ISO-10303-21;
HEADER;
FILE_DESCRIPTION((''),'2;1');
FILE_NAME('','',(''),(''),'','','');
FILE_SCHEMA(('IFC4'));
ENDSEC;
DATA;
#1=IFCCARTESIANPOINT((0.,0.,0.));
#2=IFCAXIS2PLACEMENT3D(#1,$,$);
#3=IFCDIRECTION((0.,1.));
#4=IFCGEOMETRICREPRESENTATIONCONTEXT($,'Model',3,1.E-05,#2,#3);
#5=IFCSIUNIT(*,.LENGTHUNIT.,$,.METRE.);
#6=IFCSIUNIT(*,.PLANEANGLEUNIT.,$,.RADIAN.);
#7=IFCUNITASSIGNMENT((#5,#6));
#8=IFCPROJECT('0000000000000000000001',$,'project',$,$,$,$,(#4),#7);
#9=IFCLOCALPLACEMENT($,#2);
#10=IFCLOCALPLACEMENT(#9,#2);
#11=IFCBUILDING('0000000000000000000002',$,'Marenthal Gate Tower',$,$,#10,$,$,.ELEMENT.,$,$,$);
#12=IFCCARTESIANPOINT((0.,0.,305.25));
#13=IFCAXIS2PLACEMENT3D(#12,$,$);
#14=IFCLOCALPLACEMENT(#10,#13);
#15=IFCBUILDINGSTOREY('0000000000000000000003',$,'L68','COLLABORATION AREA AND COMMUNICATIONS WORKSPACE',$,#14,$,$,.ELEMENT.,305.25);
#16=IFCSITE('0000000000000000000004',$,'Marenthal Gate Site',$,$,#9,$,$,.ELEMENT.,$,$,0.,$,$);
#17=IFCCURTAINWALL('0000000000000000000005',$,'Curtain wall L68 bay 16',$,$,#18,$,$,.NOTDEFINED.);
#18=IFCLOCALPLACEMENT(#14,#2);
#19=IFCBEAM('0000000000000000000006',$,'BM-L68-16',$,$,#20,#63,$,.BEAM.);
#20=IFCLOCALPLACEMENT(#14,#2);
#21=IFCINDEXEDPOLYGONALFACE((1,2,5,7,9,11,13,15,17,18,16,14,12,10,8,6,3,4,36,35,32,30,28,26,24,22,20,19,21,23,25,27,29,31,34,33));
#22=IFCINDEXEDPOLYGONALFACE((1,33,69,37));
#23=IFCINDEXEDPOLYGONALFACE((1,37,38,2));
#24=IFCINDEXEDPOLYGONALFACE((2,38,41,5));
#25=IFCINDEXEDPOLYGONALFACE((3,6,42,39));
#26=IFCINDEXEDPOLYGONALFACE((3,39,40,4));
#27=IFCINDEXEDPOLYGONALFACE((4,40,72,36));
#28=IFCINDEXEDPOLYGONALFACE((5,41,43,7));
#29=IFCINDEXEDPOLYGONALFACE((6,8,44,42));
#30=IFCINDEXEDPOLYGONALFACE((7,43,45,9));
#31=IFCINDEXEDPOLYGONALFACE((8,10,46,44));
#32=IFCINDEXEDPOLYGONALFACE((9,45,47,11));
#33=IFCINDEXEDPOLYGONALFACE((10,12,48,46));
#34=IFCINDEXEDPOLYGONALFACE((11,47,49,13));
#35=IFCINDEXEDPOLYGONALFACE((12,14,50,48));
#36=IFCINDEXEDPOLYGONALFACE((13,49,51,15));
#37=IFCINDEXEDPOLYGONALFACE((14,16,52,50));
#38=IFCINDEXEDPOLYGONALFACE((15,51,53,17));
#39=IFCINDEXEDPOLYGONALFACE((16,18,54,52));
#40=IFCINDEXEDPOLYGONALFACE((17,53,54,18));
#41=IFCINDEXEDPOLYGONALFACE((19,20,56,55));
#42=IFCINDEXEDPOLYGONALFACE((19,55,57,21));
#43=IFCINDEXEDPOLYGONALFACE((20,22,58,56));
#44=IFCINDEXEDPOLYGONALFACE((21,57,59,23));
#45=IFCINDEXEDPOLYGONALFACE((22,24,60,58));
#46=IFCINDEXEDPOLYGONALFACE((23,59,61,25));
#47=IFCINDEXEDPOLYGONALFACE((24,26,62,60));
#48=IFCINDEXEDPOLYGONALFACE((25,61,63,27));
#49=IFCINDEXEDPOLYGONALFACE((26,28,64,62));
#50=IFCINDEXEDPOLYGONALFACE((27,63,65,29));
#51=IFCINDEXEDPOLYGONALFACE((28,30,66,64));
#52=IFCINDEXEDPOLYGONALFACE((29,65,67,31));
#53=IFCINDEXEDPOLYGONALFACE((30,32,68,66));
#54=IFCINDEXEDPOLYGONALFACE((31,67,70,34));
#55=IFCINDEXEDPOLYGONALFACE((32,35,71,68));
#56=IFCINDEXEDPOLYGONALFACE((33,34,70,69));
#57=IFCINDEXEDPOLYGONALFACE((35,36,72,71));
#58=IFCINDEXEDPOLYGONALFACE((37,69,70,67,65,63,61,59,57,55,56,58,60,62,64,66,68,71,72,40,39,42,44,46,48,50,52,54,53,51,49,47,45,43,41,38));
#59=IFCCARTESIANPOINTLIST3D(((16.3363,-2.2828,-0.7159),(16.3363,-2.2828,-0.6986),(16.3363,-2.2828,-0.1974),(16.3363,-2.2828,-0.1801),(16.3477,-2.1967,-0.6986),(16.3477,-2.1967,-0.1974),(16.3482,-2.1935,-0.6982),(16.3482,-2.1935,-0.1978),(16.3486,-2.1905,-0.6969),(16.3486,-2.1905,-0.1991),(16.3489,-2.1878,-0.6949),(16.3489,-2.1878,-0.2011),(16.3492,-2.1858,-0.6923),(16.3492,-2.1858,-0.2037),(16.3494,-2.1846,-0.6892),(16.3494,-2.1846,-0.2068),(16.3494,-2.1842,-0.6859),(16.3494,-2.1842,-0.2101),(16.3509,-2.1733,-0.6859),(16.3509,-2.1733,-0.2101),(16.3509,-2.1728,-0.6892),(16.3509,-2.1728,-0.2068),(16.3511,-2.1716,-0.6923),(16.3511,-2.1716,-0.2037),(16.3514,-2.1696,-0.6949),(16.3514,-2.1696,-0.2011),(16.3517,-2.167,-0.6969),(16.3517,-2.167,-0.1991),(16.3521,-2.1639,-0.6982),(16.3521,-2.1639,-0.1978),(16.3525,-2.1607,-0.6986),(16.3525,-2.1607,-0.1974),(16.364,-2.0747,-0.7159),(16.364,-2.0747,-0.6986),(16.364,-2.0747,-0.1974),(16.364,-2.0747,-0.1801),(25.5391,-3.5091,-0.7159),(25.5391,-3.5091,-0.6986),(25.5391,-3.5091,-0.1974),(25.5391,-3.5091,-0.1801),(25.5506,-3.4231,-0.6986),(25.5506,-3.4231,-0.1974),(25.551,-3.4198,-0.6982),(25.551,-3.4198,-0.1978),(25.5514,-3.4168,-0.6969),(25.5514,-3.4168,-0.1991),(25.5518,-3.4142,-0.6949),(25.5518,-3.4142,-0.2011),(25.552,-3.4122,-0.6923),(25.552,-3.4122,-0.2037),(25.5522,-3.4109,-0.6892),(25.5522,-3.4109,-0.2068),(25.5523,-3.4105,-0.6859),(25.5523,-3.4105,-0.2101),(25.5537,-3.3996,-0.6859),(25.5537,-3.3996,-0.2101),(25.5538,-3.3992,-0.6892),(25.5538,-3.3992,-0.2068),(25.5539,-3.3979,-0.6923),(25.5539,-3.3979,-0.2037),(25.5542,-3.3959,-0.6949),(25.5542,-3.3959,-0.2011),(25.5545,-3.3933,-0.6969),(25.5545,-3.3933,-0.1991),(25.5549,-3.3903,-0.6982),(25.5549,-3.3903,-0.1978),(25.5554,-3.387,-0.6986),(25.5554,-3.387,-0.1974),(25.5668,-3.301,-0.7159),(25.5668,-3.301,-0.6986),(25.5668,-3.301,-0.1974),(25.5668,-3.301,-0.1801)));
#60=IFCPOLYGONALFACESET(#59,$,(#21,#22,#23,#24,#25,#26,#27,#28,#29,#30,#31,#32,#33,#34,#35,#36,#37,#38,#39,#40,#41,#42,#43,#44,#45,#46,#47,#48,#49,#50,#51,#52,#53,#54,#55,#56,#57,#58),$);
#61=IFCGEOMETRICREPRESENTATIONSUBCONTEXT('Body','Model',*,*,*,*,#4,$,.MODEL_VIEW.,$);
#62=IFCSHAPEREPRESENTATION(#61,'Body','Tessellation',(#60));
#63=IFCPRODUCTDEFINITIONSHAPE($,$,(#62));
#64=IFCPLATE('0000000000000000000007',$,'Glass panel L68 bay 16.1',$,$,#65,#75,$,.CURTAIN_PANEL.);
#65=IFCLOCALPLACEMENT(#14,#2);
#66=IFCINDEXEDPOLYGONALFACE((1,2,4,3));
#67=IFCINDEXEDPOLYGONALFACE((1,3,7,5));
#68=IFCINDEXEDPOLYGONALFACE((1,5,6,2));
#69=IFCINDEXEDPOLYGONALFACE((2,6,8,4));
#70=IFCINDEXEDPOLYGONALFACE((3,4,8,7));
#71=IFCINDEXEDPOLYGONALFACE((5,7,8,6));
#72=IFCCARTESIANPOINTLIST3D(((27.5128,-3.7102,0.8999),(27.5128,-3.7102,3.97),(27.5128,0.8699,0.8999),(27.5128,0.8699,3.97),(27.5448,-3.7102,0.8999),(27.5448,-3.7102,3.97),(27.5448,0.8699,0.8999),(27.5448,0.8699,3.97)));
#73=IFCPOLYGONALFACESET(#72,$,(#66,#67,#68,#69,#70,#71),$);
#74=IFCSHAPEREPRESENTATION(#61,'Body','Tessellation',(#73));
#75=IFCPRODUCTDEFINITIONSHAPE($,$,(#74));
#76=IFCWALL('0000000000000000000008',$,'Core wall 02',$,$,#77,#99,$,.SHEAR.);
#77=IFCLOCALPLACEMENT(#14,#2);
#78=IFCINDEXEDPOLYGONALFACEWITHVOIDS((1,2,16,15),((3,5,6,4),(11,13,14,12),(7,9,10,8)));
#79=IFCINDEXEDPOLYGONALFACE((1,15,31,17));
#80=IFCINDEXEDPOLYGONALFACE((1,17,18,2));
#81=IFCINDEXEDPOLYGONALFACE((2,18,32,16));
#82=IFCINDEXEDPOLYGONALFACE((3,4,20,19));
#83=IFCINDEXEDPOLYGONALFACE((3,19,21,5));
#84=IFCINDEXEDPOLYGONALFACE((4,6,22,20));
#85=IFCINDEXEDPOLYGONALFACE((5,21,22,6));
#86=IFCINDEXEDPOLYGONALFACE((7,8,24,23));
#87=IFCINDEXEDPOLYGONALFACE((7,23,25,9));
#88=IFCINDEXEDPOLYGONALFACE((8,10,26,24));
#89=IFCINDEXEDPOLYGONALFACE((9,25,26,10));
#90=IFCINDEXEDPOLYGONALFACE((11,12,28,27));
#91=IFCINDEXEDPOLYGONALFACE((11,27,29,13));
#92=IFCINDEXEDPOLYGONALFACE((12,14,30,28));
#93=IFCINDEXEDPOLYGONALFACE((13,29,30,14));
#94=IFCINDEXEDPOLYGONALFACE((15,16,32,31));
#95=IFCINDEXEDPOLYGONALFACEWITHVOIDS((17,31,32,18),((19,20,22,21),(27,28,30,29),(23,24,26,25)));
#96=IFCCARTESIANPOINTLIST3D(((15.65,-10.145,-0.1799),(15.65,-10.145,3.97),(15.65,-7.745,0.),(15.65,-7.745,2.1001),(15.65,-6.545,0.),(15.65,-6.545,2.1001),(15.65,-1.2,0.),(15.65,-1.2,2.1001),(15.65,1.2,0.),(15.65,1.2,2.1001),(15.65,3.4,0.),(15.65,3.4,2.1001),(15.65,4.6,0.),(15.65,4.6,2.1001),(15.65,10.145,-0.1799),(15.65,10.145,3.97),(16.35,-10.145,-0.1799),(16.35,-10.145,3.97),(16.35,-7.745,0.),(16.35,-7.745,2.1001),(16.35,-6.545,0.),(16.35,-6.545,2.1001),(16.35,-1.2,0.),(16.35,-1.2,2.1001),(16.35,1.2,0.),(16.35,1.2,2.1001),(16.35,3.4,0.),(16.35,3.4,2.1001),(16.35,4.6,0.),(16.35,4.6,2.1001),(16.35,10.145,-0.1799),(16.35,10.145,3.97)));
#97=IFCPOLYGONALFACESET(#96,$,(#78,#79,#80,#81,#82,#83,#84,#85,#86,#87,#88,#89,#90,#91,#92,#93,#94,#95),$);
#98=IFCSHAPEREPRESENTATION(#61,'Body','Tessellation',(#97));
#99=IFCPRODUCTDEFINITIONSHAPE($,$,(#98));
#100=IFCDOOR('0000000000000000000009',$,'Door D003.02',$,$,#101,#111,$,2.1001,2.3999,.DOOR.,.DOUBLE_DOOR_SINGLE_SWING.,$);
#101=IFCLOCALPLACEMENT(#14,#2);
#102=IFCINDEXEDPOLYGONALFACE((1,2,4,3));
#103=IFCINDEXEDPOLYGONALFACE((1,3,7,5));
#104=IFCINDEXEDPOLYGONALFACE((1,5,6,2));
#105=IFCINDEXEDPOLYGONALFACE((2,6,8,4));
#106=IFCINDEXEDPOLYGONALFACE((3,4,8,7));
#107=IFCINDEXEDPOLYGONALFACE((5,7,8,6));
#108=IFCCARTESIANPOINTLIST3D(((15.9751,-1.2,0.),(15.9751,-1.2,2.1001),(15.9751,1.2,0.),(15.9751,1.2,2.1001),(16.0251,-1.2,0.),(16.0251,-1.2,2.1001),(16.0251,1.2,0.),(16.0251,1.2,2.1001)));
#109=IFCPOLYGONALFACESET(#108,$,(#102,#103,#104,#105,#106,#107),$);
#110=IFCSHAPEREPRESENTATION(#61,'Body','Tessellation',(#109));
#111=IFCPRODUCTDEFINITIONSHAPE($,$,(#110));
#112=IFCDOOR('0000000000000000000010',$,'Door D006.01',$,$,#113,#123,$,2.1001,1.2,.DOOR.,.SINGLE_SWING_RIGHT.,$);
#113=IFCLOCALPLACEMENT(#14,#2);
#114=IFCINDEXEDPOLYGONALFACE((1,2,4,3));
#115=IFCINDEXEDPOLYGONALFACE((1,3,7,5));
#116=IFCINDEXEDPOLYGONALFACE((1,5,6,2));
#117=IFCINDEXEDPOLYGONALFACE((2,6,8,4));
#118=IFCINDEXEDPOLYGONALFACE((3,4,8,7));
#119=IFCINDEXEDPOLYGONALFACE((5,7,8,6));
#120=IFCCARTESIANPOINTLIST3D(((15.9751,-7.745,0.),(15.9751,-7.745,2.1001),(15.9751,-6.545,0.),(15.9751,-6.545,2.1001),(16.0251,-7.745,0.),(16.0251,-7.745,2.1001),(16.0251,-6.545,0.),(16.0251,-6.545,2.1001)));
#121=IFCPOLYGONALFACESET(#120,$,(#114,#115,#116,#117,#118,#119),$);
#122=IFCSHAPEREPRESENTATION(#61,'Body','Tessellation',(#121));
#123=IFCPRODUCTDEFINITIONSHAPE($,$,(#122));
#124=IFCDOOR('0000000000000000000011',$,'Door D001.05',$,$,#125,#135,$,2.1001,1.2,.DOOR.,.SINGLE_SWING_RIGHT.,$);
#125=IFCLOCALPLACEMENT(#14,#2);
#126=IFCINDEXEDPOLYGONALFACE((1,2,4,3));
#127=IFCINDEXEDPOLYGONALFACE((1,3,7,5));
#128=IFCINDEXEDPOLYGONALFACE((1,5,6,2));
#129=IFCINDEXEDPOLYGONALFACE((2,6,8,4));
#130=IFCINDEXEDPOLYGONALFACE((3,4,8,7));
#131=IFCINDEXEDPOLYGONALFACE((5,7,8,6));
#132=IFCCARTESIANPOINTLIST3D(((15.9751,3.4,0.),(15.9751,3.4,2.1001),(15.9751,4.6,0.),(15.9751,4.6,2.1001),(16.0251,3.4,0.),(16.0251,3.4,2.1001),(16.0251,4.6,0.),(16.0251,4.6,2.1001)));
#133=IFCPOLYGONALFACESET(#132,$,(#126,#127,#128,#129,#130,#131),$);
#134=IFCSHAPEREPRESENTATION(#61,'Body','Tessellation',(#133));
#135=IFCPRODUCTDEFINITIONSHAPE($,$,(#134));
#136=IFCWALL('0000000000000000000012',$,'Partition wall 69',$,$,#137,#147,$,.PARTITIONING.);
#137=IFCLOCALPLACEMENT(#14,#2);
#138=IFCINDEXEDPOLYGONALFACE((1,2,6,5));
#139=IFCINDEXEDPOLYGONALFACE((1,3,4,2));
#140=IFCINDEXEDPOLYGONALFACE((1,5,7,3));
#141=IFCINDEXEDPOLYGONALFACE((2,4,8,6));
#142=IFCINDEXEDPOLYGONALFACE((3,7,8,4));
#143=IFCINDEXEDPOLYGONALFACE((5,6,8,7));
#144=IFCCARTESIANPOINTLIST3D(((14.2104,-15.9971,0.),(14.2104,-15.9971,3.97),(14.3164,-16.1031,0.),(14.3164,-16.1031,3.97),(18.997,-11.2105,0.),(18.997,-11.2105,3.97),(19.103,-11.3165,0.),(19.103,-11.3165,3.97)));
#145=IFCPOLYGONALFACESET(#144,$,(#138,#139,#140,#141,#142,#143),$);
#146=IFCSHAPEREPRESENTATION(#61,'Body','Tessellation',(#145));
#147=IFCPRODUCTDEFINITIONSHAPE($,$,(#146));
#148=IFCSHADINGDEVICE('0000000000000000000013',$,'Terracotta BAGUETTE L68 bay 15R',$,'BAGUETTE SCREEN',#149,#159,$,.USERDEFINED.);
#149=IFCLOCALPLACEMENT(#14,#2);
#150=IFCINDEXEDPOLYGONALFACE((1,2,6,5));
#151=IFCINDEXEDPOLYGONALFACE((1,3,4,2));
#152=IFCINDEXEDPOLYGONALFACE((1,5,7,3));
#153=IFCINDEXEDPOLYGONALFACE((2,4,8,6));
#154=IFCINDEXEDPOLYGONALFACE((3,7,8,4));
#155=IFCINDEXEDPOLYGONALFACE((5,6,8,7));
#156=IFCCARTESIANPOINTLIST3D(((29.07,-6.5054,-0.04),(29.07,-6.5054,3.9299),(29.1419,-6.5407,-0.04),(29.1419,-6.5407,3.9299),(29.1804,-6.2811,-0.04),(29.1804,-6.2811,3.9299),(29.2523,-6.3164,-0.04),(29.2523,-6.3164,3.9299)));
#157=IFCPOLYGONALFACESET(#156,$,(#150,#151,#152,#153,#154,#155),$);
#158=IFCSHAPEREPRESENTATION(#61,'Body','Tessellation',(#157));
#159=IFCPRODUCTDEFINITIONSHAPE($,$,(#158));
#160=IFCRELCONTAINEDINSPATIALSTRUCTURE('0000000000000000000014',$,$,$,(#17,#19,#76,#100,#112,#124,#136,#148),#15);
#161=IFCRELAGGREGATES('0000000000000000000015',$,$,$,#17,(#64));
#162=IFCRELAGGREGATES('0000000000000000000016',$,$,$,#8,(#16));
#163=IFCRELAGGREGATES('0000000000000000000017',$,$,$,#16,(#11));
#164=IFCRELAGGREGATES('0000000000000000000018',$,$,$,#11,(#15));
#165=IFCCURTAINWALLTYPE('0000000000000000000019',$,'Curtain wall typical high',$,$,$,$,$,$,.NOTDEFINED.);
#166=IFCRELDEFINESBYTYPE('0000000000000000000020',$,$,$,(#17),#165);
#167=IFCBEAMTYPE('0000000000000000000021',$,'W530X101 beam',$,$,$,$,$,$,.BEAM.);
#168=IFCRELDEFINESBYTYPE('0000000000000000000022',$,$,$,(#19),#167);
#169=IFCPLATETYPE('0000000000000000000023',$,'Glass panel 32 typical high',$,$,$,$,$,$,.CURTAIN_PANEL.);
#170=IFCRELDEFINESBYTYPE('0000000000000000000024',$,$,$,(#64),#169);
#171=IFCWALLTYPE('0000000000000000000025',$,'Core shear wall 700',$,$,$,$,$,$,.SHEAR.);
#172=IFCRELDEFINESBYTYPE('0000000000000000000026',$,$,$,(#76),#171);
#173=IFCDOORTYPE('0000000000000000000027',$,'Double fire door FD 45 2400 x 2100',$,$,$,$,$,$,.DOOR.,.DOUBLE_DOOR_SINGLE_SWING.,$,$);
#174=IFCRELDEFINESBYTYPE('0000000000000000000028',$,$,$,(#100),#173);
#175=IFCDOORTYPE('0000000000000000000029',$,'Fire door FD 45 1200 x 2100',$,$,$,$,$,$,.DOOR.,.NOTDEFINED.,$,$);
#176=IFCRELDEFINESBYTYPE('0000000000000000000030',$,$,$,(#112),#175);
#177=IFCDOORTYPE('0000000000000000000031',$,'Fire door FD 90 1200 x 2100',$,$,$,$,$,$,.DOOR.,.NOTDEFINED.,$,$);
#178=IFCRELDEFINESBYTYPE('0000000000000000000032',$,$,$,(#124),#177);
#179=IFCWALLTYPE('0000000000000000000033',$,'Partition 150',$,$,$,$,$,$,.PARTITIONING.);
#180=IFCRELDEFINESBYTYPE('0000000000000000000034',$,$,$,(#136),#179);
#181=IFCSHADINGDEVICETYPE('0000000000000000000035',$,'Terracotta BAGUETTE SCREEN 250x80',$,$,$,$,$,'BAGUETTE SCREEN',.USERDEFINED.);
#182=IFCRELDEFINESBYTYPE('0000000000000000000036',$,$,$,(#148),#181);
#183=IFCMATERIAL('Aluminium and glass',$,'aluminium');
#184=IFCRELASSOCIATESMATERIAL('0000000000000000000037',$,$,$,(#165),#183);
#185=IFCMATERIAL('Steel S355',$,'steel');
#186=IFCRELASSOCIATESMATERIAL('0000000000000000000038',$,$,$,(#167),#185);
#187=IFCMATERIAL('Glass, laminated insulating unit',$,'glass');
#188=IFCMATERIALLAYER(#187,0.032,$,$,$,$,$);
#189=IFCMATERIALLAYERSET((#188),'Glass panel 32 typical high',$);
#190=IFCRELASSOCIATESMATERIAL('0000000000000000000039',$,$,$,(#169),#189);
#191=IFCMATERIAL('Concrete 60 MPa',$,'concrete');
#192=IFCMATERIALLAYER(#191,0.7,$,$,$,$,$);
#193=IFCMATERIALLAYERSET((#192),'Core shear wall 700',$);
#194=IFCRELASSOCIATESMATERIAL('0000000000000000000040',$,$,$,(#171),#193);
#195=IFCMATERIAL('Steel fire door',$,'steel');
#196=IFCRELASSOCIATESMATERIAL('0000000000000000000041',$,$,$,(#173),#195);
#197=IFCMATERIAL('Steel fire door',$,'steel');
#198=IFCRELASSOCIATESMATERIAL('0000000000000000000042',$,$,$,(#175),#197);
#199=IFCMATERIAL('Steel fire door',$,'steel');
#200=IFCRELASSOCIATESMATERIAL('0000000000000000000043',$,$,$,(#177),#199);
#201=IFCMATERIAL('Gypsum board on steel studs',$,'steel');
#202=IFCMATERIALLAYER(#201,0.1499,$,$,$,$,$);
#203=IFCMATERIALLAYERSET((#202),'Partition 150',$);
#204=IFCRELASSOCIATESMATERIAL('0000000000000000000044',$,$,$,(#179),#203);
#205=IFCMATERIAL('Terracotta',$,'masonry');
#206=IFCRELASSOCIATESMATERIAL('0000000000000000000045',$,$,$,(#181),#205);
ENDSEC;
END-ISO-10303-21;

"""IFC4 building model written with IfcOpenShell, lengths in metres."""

from ifc_helpers import new_model, si_unit, direction, frame, frame_2d, origin, origin_2d, place, context, subcontext, project, spatial, rectangle, i_section, extrude, material, layer, layer_set, material_profile, profile_set, type_object, element, fill, aggregate, save


model = new_model("IFC4")

# Units and contexts
model_context = context("Model", 3, precision=1e-05, world=origin(), true_north=direction((0.0, 1.0)))
body_context = subcontext(model_context, "Body", "Model", "MODEL_VIEW")
ifc_project = project(units=[si_unit("LENGTHUNIT", "METRE"), si_unit("PLANEANGLEUNIT", "RADIAN")], contexts=[model_context])

# Site, building, storey
site_placement = place(None, origin())
site = spatial("IfcSite", under=ifc_project, at=site_placement, Name="Marenthal Gate Site", CompositionType="ELEMENT", RefElevation=0.0)
building_placement = place(site_placement, origin())
building = spatial("IfcBuilding", under=site, at=building_placement, Name="Marenthal Gate Tower", CompositionType="ELEMENT")
storey_placement = place(building_placement, frame((0.0, 0.0, 305.25)))
storey = spatial("IfcBuildingStorey", under=building, at=storey_placement, Name="L68", Description="COLLABORATION AREA AND COMMUNICATIONS WORKSPACE", CompositionType="ELEMENT", Elevation=305.25)

# Curtain wall
ifc_material_1 = material(Name="Aluminium and glass", Category="aluminium")
curtain_wall_type = type_object("IfcCurtainWallType", Name="Curtain wall typical high", PredefinedType="NOTDEFINED", material=ifc_material_1)
curtain_wall_placement = place(storey_placement, origin())
curtain_wall = element("IfcCurtainWall", 1, at=curtain_wall_placement, inside=storey, type_object=curtain_wall_type, Name="Curtain wall L68 bay 16", PredefinedType="NOTDEFINED")

# Beam
ifc_material_2 = material(Name="Steel S355", Category="steel")
ifc_material_profile_1 = material_profile(ifc_material_2, i_section(OverallWidth=0.21, OverallDepth=0.5359, WebThickness=0.011, FlangeThickness=0.0173, FilletRadius=0.0127, at=origin_2d()), Name="W530X101")
ifc_profile_set_1 = profile_set([ifc_material_profile_1], Name="Steel S355")
beam_type_1 = type_object("IfcBeamType", Name="W530X101 beam", PredefinedType="BEAM", material=ifc_profile_set_1)
beam_1_placement = place(storey_placement, frame((25.553, -3.405, -0.448), z_axis=(-0.991238, 0.132086, 0.0), x_axis=(-0.132086, -0.991238, 0.0)))
element("IfcBeam", 2, at=beam_1_placement, inside=storey, type_object=beam_type_1, Name="BM-L68-16", PredefinedType="BEAM", context=body_context, shape_type="SweptSolid", body=[
    extrude(i_section(OverallWidth=0.21, OverallDepth=0.5359, WebThickness=0.011, FlangeThickness=0.0173, FilletRadius=0.0127, at=origin_2d()), origin(), (0.0, 0.0, 1.0), 9.2842),
])

# Plate
ifc_material_3 = material(Name="Glass, laminated insulating unit", Category="glass")
ifc_layer_1 = layer(ifc_material_3, 0.032)
ifc_layer_set_1 = layer_set([ifc_layer_1], Name="Glass panel 32 typical high")
plate_type = type_object("IfcPlateType", Name="Glass panel 32 typical high", PredefinedType="CURTAIN_PANEL", material=ifc_layer_set_1)
plate_placement = place(storey_placement, frame((27.5288, -1.4202, 0.8999), z_axis=(0.0, 0.0, 1.0), x_axis=(0.0, 1.0, 0.0)))
plate = element("IfcPlate", 3, at=plate_placement, type_object=plate_type, Name="Glass panel L68 bay 16.1", PredefinedType="CURTAIN_PANEL", context=body_context, shape_type="SweptSolid", body=[
    extrude(rectangle(XDim=4.5801, YDim=0.032, at=origin_2d()), origin(), (0.0, 0.0, 1.0), 3.0701),
])
aggregate(curtain_wall, [plate])

# Wall, openings, doors
ifc_material_4 = material(Name="Concrete 60 MPa", Category="concrete")
ifc_layer_2 = layer(ifc_material_4, 0.7)
ifc_layer_set_2 = layer_set([ifc_layer_2], Name="Core shear wall 700")
wall_type_1 = type_object("IfcWallType", Name="Core shear wall 700", PredefinedType="SHEAR", material=ifc_layer_set_2)
wall_1_placement = place(storey_placement, frame((16.0, -10.145, -0.1799), z_axis=(0.0, 0.0, 1.0), x_axis=(0.0, 1.0, 0.0)))
wall_1 = element("IfcWall", 4, at=wall_1_placement, inside=storey, type_object=wall_type_1, Name="Core wall 02", PredefinedType="SHEAR", context=body_context, shape_type="SweptSolid", body=[
    extrude(rectangle(XDim=20.29, YDim=0.7, at=frame_2d((10.145, 0.0))), origin(), (0.0, 0.0, 1.0), 4.1499),
])
opening_1_placement = place(wall_1_placement, frame((8.9451, 0.0, 0.1799)))
opening_1 = element("IfcOpeningElement", 5, at=opening_1_placement, cuts=wall_1, PredefinedType="OPENING", context=body_context, shape_type="SweptSolid", body=[
    extrude(rectangle(XDim=2.3999, YDim=2.1001, at=frame_2d((1.2, 1.05))), frame((0.0, 0.3599, 0.0), z_axis=(0.0, -1.0, 0.0), x_axis=(1.0, 0.0, 0.0)), (0.0, 0.0, 1.0), 0.72),
])
opening_2_placement = place(wall_1_placement, frame((13.5449, 0.0, 0.1799)))
opening_2 = element("IfcOpeningElement", 6, at=opening_2_placement, cuts=wall_1, PredefinedType="OPENING", context=body_context, shape_type="SweptSolid", body=[
    extrude(rectangle(XDim=1.2, YDim=2.1001, at=frame_2d((0.6001, 1.05))), frame((0.0, 0.3599, 0.0), z_axis=(0.0, -1.0, 0.0), x_axis=(1.0, 0.0, 0.0)), (0.0, 0.0, 1.0), 0.72),
])
opening_3_placement = place(wall_1_placement, frame((2.3999, 0.0, 0.1799)))
opening_3 = element("IfcOpeningElement", 7, at=opening_3_placement, cuts=wall_1, PredefinedType="OPENING", context=body_context, shape_type="SweptSolid", body=[
    extrude(rectangle(XDim=1.2, YDim=2.1001, at=frame_2d((0.6001, 1.05))), frame((0.0, 0.3599, 0.0), z_axis=(0.0, -1.0, 0.0), x_axis=(1.0, 0.0, 0.0)), (0.0, 0.0, 1.0), 0.72),
])
ifc_material_5 = material(Name="Steel fire door", Category="steel")
door_type_1 = type_object("IfcDoorType", Name="Double fire door FD 45 2400 x 2100", OperationType="DOUBLE_DOOR_SINGLE_SWING", PredefinedType="DOOR", material=ifc_material_5)
door_1_placement = place(opening_1_placement, origin())
door_1 = element("IfcDoor", 8, at=door_1_placement, inside=storey, type_object=door_type_1, Name="Door D003.02", OperationType="DOUBLE_DOOR_SINGLE_SWING", OverallHeight=2.1001, OverallWidth=2.3999, PredefinedType="DOOR", context=body_context, shape_type="SweptSolid", body=[
    extrude(rectangle(XDim=2.3999, YDim=2.1001, at=frame_2d((1.2, 1.05))), frame((0.0, 0.0249, 0.0), z_axis=(0.0, -1.0, 0.0), x_axis=(1.0, 0.0, 0.0)), (0.0, 0.0, 1.0), 0.05),
])
fill(opening_1, door_1)
ifc_material_6 = material(Name="Steel fire door", Category="steel")
door_type_2 = type_object("IfcDoorType", Name="Fire door FD 45 1200 x 2100", OperationType="NOTDEFINED", PredefinedType="DOOR", material=ifc_material_6)
door_2_placement = place(opening_3_placement, origin())
door_2 = element("IfcDoor", 9, at=door_2_placement, inside=storey, type_object=door_type_2, Name="Door D006.01", OperationType="SINGLE_SWING_RIGHT", OverallHeight=2.1001, OverallWidth=1.2, PredefinedType="DOOR", context=body_context, shape_type="SweptSolid", body=[
    extrude(rectangle(XDim=1.2, YDim=2.1001, at=frame_2d((0.6001, 1.05))), frame((0.0, 0.0249, 0.0), z_axis=(0.0, -1.0, 0.0), x_axis=(1.0, 0.0, 0.0)), (0.0, 0.0, 1.0), 0.05),
])
fill(opening_3, door_2)
ifc_material_7 = material(Name="Steel fire door", Category="steel")
door_type_3 = type_object("IfcDoorType", Name="Fire door FD 90 1200 x 2100", OperationType="NOTDEFINED", PredefinedType="DOOR", material=ifc_material_7)
door_3_placement = place(opening_2_placement, origin())
door_3 = element("IfcDoor", 10, at=door_3_placement, inside=storey, type_object=door_type_3, Name="Door D001.05", OperationType="SINGLE_SWING_RIGHT", OverallHeight=2.1001, OverallWidth=1.2, PredefinedType="DOOR", context=body_context, shape_type="SweptSolid", body=[
    extrude(rectangle(XDim=1.2, YDim=2.1001, at=frame_2d((0.6001, 1.05))), frame((0.0, 0.0249, 0.0), z_axis=(0.0, -1.0, 0.0), x_axis=(1.0, 0.0, 0.0)), (0.0, 0.0, 1.0), 0.05),
])
fill(opening_2, door_3)

# Wall
ifc_material_8 = material(Name="Gypsum board on steel studs", Category="steel")
ifc_layer_3 = layer(ifc_material_8, 0.1499)
ifc_layer_set_3 = layer_set([ifc_layer_3], Name="Partition 150")
wall_type_2 = type_object("IfcWallType", Name="Partition 150", PredefinedType="PARTITIONING", material=ifc_layer_set_3)
wall_2_placement = place(storey_placement, frame((19.05, -11.2634, 0.0), z_axis=(0.0, 0.0, 1.0), x_axis=(-0.707107, -0.707107, 0.0)))
element("IfcWall", 11, at=wall_2_placement, inside=storey, type_object=wall_type_2, Name="Partition wall 69", PredefinedType="PARTITIONING", context=body_context, shape_type="SweptSolid", body=[
    extrude(rectangle(XDim=6.7693, YDim=0.1499, at=frame_2d((3.3848, 0.0))), origin(), (0.0, 0.0, 1.0), 3.97),
])

# Shading device
ifc_material_9 = material(Name="Terracotta", Category="masonry")
ifc_material_profile_2 = material_profile(ifc_material_9, rectangle(XDim=0.25, YDim=0.0801, at=origin_2d()), Name="Terracotta baguette 250x80")
ifc_profile_set_2 = profile_set([ifc_material_profile_2], Name="Terracotta")
shading_device_type = type_object("IfcShadingDeviceType", Name="Terracotta BAGUETTE SCREEN 250x80", ElementType="BAGUETTE SCREEN", PredefinedType="USERDEFINED", material=ifc_profile_set_2)
shading_device_placement = place(storey_placement, frame((29.1611, -6.4109, -0.04), z_axis=(0.0, 0.0, 1.0), x_axis=(0.441624, 0.8972, 0.0)))
element("IfcShadingDevice", 12, at=shading_device_placement, inside=storey, type_object=shading_device_type, Name="Terracotta BAGUETTE L68 bay 15R", ObjectType="BAGUETTE SCREEN", PredefinedType="USERDEFINED", context=body_context, shape_type="SweptSolid", body=[
    extrude(rectangle(XDim=0.25, YDim=0.0801, at=origin_2d()), origin(), (0.0, 0.0, 1.0), 3.97),
])

save(model, "model.ifc")
